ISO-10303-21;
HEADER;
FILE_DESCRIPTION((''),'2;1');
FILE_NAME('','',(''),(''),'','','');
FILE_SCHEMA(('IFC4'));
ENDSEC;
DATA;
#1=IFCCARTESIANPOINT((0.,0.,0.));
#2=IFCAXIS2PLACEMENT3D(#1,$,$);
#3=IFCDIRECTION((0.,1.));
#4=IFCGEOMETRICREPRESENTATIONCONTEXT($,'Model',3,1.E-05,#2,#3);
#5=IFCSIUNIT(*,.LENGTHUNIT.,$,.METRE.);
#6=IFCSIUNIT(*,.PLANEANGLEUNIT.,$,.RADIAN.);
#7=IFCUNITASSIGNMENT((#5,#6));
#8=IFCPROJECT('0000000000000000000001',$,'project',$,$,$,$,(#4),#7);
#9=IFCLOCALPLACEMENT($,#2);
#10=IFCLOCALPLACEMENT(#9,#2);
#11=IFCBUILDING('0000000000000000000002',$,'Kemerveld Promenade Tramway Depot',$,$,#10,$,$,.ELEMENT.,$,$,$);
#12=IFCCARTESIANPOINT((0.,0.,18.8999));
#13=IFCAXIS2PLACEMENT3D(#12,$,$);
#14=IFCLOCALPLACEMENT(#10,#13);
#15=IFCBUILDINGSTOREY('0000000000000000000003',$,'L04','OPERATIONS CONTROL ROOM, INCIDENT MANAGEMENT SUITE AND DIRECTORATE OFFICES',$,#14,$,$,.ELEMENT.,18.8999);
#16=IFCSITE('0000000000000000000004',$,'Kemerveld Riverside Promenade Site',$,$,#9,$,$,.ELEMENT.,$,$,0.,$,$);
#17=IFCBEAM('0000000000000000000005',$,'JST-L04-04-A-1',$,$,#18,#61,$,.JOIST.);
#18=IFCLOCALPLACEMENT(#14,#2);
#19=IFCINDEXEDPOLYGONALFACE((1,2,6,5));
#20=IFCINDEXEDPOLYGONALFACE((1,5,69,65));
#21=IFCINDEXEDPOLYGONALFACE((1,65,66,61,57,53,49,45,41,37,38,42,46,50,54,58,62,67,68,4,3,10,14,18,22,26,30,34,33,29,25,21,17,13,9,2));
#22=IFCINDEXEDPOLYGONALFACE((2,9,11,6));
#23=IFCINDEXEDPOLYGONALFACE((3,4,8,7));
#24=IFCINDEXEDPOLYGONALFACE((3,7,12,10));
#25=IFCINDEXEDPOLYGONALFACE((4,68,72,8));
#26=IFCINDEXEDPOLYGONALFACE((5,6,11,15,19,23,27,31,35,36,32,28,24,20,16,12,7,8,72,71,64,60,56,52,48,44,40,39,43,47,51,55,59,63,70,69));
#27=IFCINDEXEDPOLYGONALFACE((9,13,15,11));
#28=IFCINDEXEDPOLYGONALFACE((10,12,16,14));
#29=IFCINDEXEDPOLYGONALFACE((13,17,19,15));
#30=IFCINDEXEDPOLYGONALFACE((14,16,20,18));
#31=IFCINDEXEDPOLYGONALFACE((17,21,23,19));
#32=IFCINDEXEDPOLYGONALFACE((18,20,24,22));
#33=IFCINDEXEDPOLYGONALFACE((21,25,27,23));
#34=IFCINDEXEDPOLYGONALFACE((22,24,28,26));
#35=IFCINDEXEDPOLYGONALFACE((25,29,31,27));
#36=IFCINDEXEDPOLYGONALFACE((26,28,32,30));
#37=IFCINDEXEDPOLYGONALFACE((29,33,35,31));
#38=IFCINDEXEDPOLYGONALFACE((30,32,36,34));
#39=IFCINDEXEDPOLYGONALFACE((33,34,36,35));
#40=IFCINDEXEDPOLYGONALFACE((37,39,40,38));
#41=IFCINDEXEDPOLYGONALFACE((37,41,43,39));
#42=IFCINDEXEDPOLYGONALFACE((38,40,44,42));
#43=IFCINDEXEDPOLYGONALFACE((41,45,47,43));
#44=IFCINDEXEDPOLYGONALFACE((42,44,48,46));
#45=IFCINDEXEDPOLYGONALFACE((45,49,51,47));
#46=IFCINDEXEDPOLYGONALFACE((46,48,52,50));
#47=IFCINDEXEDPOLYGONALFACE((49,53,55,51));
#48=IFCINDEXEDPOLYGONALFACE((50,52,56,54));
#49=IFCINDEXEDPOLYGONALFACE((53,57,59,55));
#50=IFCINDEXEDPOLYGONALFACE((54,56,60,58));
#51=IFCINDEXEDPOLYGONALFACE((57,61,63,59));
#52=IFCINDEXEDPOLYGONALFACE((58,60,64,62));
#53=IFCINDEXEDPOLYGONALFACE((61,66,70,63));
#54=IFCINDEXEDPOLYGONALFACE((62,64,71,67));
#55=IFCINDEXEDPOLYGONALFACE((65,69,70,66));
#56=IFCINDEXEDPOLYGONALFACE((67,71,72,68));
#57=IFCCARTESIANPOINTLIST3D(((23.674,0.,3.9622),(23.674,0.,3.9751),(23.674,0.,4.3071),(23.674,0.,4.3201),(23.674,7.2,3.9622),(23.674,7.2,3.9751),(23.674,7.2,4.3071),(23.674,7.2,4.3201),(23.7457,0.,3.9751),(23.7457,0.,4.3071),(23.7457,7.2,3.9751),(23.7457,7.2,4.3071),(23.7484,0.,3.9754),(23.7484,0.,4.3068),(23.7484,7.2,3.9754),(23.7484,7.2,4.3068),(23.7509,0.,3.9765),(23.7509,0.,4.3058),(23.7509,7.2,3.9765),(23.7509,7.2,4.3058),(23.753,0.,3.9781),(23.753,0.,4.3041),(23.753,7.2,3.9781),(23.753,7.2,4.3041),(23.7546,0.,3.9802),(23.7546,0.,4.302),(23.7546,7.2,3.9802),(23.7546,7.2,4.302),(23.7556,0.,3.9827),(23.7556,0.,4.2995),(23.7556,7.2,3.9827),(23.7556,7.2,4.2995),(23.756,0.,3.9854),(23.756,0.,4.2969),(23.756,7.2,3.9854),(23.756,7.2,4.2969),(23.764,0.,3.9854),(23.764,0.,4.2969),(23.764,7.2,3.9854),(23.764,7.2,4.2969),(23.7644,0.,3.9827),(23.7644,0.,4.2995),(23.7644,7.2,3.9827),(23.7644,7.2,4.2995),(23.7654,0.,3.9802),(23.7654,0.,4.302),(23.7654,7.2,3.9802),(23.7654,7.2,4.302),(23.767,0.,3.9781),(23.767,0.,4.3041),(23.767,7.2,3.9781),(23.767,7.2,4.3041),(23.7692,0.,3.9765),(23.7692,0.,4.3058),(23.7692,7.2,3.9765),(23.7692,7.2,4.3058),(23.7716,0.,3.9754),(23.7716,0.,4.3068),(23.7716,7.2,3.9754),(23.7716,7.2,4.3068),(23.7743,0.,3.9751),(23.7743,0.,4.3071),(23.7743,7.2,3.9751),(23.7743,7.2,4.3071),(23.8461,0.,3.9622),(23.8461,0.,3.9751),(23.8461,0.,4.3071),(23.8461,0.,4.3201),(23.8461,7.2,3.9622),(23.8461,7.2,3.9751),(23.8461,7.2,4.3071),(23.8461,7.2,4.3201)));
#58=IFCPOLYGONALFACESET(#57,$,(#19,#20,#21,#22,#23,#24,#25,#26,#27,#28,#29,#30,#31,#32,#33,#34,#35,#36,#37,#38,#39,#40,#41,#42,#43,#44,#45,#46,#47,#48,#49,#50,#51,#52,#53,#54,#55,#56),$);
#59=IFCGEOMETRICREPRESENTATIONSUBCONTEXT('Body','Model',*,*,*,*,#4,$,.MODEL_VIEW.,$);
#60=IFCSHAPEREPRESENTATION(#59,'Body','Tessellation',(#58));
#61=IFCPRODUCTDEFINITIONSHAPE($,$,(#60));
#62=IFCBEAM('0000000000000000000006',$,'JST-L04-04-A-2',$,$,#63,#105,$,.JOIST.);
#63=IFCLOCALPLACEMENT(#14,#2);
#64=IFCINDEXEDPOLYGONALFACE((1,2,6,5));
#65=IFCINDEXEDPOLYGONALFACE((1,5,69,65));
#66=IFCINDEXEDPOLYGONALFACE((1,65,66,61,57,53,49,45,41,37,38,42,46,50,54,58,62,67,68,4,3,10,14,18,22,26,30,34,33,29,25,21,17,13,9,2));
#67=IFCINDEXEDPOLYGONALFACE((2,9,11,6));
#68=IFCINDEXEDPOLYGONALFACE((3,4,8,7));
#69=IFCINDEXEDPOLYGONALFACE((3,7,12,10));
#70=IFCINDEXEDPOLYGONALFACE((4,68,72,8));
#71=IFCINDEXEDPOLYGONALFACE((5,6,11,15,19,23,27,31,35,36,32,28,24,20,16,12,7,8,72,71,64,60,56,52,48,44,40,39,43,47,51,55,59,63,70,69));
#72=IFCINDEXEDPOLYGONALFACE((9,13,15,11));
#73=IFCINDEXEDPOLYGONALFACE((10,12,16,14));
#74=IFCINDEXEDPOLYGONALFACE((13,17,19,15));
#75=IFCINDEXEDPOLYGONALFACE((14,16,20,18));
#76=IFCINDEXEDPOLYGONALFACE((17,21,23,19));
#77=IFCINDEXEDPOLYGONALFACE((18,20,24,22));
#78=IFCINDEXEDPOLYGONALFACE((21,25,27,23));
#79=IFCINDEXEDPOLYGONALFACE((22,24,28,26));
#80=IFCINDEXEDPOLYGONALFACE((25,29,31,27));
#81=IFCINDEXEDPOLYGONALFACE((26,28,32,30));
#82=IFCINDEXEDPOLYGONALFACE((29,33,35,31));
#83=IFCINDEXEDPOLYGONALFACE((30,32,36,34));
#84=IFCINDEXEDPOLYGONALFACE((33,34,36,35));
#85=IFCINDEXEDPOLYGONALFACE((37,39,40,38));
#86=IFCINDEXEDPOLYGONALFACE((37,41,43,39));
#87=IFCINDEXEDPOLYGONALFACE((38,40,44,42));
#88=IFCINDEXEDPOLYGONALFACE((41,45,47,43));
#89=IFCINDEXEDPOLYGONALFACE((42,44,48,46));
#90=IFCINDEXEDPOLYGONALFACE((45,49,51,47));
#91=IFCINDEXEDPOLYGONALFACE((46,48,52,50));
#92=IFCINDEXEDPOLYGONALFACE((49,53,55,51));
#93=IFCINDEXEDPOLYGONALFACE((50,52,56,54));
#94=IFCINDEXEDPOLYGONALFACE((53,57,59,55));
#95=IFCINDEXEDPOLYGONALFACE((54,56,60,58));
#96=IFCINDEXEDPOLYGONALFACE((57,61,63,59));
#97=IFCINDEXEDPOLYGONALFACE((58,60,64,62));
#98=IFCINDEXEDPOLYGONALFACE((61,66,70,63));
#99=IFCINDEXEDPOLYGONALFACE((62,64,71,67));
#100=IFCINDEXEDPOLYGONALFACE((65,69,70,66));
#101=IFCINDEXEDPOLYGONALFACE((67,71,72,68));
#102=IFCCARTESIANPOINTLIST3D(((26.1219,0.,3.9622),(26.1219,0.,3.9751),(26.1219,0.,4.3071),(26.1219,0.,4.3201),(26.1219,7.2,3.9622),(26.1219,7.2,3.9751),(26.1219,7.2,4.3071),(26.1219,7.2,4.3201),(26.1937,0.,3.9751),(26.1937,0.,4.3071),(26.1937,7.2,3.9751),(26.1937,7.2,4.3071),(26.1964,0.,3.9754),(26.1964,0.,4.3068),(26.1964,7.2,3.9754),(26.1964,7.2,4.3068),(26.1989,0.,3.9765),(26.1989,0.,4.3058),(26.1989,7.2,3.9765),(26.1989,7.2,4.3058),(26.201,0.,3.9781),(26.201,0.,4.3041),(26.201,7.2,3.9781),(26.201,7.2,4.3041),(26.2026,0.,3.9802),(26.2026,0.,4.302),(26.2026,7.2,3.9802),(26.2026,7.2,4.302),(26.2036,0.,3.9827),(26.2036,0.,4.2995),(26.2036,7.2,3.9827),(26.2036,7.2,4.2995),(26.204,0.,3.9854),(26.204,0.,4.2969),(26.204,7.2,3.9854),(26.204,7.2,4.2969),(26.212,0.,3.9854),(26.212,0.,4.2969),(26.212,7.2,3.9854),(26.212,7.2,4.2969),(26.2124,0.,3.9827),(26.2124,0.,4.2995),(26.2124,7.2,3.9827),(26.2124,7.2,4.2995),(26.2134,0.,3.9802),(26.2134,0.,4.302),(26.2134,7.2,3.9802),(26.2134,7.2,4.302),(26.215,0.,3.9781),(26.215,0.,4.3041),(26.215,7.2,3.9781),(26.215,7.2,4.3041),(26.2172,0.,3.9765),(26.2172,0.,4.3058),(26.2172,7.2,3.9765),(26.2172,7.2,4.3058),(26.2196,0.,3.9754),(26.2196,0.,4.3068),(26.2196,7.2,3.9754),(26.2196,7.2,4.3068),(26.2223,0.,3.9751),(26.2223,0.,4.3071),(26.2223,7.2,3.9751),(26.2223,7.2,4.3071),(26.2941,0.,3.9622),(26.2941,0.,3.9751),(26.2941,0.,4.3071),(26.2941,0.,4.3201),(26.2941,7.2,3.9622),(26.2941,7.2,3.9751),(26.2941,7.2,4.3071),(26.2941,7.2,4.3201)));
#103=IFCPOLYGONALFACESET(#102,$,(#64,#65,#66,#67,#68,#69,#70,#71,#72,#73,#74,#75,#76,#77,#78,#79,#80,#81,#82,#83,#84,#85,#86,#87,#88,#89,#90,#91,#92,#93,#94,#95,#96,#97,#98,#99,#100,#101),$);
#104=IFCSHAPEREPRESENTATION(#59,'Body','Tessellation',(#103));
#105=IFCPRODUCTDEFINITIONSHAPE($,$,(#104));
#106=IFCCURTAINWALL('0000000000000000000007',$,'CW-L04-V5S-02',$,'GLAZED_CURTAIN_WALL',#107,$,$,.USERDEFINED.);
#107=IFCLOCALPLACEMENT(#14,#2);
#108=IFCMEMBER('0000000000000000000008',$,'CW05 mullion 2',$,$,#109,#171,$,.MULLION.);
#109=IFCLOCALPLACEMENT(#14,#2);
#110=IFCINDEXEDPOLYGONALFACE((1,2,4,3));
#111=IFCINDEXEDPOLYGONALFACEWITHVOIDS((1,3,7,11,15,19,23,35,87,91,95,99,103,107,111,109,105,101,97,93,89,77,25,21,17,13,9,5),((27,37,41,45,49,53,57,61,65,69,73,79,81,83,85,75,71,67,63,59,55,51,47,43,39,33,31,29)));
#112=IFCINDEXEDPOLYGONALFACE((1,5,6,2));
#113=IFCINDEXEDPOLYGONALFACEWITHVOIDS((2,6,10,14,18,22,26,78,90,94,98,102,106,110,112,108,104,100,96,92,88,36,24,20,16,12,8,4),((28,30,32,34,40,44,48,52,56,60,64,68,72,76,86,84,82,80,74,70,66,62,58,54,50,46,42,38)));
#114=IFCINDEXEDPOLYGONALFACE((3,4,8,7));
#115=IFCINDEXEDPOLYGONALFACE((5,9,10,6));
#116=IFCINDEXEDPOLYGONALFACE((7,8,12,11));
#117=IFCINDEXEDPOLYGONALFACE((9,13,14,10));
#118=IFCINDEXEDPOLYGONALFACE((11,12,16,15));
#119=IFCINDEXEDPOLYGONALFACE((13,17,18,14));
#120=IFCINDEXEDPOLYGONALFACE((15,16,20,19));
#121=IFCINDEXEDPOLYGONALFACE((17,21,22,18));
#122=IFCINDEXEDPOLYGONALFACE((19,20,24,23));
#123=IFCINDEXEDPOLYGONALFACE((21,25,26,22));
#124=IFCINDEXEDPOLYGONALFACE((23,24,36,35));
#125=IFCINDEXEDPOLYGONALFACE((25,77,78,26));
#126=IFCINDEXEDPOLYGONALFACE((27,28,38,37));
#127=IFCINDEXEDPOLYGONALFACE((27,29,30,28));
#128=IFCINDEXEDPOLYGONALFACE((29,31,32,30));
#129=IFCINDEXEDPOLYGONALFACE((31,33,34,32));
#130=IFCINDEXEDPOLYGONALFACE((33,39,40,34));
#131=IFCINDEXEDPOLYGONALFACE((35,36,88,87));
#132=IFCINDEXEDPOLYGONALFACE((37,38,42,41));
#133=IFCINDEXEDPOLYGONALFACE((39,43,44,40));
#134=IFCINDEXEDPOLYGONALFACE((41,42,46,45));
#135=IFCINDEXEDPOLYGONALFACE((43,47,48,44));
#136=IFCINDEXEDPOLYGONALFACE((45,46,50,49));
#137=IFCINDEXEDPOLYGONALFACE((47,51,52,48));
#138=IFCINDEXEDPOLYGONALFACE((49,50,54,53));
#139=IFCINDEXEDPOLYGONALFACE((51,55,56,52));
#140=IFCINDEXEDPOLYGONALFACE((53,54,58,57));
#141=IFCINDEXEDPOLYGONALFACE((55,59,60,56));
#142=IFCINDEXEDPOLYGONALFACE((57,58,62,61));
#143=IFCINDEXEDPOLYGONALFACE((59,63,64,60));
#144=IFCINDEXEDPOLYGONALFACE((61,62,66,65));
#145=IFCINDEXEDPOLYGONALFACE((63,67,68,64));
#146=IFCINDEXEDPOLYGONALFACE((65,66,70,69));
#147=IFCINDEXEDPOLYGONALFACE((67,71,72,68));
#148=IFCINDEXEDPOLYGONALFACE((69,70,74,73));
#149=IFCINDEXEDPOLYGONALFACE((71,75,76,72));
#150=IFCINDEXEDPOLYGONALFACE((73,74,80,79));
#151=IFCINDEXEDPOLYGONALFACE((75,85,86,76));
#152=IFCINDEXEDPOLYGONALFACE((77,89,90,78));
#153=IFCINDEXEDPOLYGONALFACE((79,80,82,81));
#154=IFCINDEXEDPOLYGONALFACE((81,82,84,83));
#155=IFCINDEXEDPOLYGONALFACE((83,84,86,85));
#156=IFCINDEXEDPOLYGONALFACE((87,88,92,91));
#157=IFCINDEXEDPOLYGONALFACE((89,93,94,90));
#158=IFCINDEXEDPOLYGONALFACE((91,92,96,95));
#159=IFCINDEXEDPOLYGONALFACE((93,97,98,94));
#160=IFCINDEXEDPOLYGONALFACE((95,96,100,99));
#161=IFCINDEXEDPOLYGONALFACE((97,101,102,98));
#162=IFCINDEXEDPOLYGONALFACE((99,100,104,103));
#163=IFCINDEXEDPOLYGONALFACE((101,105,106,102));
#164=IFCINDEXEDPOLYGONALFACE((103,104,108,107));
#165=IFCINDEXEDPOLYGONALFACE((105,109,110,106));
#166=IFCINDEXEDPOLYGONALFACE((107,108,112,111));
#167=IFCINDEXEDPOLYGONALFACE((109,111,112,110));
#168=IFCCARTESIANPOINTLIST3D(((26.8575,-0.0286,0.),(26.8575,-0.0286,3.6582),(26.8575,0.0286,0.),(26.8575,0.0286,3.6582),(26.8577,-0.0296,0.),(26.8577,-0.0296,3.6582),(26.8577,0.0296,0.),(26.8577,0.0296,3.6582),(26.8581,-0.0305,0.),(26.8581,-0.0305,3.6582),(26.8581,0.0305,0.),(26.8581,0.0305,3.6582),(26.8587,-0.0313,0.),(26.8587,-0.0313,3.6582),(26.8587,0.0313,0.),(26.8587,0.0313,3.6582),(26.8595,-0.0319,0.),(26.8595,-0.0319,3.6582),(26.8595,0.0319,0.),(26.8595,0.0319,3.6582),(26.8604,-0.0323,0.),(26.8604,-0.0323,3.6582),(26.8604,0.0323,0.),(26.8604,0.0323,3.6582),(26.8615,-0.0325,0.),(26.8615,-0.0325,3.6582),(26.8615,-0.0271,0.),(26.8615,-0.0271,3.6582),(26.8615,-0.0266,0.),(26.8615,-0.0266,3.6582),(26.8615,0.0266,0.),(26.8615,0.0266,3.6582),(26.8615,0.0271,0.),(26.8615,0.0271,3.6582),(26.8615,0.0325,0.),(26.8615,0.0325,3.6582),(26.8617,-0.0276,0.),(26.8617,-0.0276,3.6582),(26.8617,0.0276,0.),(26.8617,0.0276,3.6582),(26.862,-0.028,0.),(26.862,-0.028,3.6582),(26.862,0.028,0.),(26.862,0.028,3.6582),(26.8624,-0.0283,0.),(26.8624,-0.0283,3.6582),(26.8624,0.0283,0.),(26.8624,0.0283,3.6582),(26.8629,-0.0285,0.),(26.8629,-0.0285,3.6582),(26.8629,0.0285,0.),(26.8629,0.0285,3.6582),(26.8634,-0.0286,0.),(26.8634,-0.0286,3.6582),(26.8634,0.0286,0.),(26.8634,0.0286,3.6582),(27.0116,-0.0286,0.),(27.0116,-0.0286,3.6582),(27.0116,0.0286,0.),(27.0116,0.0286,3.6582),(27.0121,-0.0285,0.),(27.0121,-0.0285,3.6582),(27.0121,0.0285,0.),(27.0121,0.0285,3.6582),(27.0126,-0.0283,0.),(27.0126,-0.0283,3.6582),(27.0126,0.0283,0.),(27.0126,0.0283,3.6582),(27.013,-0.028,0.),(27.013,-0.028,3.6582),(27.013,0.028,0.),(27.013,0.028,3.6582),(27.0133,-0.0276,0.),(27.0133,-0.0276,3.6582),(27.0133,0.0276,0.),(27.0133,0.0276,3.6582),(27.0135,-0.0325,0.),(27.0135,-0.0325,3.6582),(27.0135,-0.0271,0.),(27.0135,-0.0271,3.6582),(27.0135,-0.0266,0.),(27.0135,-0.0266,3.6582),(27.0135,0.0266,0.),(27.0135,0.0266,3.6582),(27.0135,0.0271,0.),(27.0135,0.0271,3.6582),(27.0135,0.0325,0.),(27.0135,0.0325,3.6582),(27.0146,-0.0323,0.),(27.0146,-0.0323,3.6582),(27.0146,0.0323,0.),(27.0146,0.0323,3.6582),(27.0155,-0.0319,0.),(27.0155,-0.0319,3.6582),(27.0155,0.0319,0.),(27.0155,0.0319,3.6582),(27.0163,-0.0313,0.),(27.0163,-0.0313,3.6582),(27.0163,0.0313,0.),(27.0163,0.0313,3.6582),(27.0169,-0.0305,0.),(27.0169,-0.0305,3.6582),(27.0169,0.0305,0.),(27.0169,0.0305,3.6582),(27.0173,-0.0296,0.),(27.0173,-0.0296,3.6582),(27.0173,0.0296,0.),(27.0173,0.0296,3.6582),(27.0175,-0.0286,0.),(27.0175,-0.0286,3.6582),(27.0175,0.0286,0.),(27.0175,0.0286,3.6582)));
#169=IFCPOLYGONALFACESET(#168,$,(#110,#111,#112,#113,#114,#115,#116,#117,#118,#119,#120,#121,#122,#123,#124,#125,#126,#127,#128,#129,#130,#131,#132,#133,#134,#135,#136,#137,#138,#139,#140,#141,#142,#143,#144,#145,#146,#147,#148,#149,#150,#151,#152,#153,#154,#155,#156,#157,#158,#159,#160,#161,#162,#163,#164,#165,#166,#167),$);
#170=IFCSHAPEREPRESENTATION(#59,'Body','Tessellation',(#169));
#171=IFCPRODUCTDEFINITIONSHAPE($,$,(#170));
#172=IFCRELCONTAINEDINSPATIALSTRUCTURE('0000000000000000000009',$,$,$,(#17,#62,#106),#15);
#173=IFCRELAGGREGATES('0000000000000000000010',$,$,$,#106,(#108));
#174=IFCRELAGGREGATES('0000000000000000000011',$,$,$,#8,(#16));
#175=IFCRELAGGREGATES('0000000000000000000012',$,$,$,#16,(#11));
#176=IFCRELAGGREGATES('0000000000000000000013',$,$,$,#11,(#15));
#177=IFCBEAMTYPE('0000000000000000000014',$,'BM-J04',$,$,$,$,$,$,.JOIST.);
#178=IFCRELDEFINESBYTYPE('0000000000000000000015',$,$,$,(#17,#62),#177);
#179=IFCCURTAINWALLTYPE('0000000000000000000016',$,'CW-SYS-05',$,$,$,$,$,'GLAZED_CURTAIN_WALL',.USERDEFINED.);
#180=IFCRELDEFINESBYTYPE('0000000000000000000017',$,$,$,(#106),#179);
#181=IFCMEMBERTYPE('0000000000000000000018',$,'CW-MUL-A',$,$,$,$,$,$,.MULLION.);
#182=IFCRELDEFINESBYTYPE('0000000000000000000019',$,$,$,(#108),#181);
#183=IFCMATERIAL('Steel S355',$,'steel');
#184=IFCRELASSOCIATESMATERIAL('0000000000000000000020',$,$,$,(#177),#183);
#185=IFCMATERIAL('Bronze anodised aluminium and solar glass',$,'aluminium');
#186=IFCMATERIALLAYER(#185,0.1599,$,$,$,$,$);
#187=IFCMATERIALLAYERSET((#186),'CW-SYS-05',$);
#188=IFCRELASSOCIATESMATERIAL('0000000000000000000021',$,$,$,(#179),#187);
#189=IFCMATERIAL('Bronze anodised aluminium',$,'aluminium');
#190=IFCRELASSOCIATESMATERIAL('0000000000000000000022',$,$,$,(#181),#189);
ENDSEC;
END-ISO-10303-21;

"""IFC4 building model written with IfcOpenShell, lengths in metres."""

from ifc_helpers import new_model, si_unit, direction, frame, origin, origin_2d, place, context, subcontext, project, spatial, hollow_rectangle, i_section, extrude, material, layer, layer_set, material_profile, profile_set, type_object, element, aggregate, save


model = new_model("IFC4")

# Units and contexts
model_context = context("Model", 3, precision=1e-05, world=origin(), true_north=direction((0.0, 1.0)))
body_context = subcontext(model_context, "Body", "Model", "MODEL_VIEW")
ifc_project = project(units=[si_unit("LENGTHUNIT", "METRE"), si_unit("PLANEANGLEUNIT", "RADIAN")], contexts=[model_context])

# Site, building, storey
site_placement = place(None, origin())
site = spatial("IfcSite", under=ifc_project, at=site_placement, Name="Kemerveld Riverside Promenade Site", CompositionType="ELEMENT", RefElevation=0.0)
building_placement = place(site_placement, origin())
building = spatial("IfcBuilding", under=site, at=building_placement, Name="Kemerveld Promenade Tramway Depot", CompositionType="ELEMENT")
storey_placement = place(building_placement, frame((0.0, 0.0, 18.8999)))
storey = spatial("IfcBuildingStorey", under=building, at=storey_placement, Name="L04", Description="OPERATIONS CONTROL ROOM, INCIDENT MANAGEMENT SUITE AND DIRECTORATE OFFICES", CompositionType="ELEMENT", Elevation=18.8999)

# Beams
ifc_material_1 = material(Name="Steel S355", Category="steel")
ifc_material_profile_1 = material_profile(ifc_material_1, i_section(OverallWidth=0.1721, OverallDepth=0.3579, WebThickness=0.0081, FlangeThickness=0.0129, FilletRadius=0.0103, at=origin_2d()), Name="356x171x57 UB")
ifc_profile_set_1 = profile_set([ifc_material_profile_1], Name="Steel S355")
beam_type = type_object("IfcBeamType", Name="BM-J04", PredefinedType="JOIST", material=ifc_profile_set_1)
for number, where, z_axis, x_axis, name in (
    (1, (23.76, 0.0, 4.1411), (0.0, 1.0, 0.0), (-1.0, 0.0, 0.0), "JST-L04-04-A-1"),
    (2, (26.208, 0.0, 4.1411), (0.0, 1.0, 0.0), (-1.0, 0.0, 0.0), "JST-L04-04-A-2"),
):
    element("IfcBeam", number, at=place(storey_placement, frame(where, z_axis=z_axis, x_axis=x_axis)), inside=storey, type_object=beam_type, Name=name, PredefinedType="JOIST", context=body_context, shape_type="SweptSolid", body=[
        extrude(i_section(OverallWidth=0.1721, OverallDepth=0.3579, WebThickness=0.0081, FlangeThickness=0.0129, FilletRadius=0.0103, at=origin_2d()), origin(), (0.0, 0.0, 1.0), 7.2),
    ])

# Curtain wall, member
ifc_material_2 = material(Name="Bronze anodised aluminium and solar glass", Category="aluminium")
ifc_layer_1 = layer(ifc_material_2, 0.1599)
ifc_layer_set_1 = layer_set([ifc_layer_1], Name="CW-SYS-05")
curtain_wall_type = type_object("IfcCurtainWallType", Name="CW-SYS-05", ElementType="GLAZED_CURTAIN_WALL", PredefinedType="USERDEFINED", material=ifc_layer_set_1)
curtain_wall_placement = place(storey_placement, origin())
curtain_wall = element("IfcCurtainWall", 3, at=curtain_wall_placement, inside=storey, type_object=curtain_wall_type, Name="CW-L04-V5S-02", ObjectType="GLAZED_CURTAIN_WALL", PredefinedType="USERDEFINED")
ifc_material_3 = material(Name="Bronze anodised aluminium", Category="aluminium")
ifc_material_profile_2 = material_profile(ifc_material_3, hollow_rectangle(XDim=0.0649, YDim=0.1599, WallThickness=0.0039, InnerFilletRadius=0.002, OuterFilletRadius=0.0039, at=origin_2d()), Name="CW-MUL-160x65")
ifc_profile_set_2 = profile_set([ifc_material_profile_2], Name="Bronze anodised aluminium")
member_type_1 = type_object("IfcMemberType", Name="CW-MUL-A", PredefinedType="MULLION", material=ifc_profile_set_2)
member_1_placement = place(storey_placement, frame((26.9375, 0.0, 0.0), z_axis=(0.0, 0.0, 1.0), x_axis=(0.0, -1.0, 0.0)))
member_1 = element("IfcMember", 4, at=member_1_placement, type_object=member_type_1, Name="CW05 mullion 2", PredefinedType="MULLION", context=body_context, shape_type="SweptSolid", body=[
    extrude(hollow_rectangle(XDim=0.0649, YDim=0.1599, WallThickness=0.0039, InnerFilletRadius=0.002, OuterFilletRadius=0.0039, at=origin_2d()), origin(), (0.0, 0.0, 1.0), 3.6582),
])
aggregate(curtain_wall, [member_1])

save(model, "model.ifc")
